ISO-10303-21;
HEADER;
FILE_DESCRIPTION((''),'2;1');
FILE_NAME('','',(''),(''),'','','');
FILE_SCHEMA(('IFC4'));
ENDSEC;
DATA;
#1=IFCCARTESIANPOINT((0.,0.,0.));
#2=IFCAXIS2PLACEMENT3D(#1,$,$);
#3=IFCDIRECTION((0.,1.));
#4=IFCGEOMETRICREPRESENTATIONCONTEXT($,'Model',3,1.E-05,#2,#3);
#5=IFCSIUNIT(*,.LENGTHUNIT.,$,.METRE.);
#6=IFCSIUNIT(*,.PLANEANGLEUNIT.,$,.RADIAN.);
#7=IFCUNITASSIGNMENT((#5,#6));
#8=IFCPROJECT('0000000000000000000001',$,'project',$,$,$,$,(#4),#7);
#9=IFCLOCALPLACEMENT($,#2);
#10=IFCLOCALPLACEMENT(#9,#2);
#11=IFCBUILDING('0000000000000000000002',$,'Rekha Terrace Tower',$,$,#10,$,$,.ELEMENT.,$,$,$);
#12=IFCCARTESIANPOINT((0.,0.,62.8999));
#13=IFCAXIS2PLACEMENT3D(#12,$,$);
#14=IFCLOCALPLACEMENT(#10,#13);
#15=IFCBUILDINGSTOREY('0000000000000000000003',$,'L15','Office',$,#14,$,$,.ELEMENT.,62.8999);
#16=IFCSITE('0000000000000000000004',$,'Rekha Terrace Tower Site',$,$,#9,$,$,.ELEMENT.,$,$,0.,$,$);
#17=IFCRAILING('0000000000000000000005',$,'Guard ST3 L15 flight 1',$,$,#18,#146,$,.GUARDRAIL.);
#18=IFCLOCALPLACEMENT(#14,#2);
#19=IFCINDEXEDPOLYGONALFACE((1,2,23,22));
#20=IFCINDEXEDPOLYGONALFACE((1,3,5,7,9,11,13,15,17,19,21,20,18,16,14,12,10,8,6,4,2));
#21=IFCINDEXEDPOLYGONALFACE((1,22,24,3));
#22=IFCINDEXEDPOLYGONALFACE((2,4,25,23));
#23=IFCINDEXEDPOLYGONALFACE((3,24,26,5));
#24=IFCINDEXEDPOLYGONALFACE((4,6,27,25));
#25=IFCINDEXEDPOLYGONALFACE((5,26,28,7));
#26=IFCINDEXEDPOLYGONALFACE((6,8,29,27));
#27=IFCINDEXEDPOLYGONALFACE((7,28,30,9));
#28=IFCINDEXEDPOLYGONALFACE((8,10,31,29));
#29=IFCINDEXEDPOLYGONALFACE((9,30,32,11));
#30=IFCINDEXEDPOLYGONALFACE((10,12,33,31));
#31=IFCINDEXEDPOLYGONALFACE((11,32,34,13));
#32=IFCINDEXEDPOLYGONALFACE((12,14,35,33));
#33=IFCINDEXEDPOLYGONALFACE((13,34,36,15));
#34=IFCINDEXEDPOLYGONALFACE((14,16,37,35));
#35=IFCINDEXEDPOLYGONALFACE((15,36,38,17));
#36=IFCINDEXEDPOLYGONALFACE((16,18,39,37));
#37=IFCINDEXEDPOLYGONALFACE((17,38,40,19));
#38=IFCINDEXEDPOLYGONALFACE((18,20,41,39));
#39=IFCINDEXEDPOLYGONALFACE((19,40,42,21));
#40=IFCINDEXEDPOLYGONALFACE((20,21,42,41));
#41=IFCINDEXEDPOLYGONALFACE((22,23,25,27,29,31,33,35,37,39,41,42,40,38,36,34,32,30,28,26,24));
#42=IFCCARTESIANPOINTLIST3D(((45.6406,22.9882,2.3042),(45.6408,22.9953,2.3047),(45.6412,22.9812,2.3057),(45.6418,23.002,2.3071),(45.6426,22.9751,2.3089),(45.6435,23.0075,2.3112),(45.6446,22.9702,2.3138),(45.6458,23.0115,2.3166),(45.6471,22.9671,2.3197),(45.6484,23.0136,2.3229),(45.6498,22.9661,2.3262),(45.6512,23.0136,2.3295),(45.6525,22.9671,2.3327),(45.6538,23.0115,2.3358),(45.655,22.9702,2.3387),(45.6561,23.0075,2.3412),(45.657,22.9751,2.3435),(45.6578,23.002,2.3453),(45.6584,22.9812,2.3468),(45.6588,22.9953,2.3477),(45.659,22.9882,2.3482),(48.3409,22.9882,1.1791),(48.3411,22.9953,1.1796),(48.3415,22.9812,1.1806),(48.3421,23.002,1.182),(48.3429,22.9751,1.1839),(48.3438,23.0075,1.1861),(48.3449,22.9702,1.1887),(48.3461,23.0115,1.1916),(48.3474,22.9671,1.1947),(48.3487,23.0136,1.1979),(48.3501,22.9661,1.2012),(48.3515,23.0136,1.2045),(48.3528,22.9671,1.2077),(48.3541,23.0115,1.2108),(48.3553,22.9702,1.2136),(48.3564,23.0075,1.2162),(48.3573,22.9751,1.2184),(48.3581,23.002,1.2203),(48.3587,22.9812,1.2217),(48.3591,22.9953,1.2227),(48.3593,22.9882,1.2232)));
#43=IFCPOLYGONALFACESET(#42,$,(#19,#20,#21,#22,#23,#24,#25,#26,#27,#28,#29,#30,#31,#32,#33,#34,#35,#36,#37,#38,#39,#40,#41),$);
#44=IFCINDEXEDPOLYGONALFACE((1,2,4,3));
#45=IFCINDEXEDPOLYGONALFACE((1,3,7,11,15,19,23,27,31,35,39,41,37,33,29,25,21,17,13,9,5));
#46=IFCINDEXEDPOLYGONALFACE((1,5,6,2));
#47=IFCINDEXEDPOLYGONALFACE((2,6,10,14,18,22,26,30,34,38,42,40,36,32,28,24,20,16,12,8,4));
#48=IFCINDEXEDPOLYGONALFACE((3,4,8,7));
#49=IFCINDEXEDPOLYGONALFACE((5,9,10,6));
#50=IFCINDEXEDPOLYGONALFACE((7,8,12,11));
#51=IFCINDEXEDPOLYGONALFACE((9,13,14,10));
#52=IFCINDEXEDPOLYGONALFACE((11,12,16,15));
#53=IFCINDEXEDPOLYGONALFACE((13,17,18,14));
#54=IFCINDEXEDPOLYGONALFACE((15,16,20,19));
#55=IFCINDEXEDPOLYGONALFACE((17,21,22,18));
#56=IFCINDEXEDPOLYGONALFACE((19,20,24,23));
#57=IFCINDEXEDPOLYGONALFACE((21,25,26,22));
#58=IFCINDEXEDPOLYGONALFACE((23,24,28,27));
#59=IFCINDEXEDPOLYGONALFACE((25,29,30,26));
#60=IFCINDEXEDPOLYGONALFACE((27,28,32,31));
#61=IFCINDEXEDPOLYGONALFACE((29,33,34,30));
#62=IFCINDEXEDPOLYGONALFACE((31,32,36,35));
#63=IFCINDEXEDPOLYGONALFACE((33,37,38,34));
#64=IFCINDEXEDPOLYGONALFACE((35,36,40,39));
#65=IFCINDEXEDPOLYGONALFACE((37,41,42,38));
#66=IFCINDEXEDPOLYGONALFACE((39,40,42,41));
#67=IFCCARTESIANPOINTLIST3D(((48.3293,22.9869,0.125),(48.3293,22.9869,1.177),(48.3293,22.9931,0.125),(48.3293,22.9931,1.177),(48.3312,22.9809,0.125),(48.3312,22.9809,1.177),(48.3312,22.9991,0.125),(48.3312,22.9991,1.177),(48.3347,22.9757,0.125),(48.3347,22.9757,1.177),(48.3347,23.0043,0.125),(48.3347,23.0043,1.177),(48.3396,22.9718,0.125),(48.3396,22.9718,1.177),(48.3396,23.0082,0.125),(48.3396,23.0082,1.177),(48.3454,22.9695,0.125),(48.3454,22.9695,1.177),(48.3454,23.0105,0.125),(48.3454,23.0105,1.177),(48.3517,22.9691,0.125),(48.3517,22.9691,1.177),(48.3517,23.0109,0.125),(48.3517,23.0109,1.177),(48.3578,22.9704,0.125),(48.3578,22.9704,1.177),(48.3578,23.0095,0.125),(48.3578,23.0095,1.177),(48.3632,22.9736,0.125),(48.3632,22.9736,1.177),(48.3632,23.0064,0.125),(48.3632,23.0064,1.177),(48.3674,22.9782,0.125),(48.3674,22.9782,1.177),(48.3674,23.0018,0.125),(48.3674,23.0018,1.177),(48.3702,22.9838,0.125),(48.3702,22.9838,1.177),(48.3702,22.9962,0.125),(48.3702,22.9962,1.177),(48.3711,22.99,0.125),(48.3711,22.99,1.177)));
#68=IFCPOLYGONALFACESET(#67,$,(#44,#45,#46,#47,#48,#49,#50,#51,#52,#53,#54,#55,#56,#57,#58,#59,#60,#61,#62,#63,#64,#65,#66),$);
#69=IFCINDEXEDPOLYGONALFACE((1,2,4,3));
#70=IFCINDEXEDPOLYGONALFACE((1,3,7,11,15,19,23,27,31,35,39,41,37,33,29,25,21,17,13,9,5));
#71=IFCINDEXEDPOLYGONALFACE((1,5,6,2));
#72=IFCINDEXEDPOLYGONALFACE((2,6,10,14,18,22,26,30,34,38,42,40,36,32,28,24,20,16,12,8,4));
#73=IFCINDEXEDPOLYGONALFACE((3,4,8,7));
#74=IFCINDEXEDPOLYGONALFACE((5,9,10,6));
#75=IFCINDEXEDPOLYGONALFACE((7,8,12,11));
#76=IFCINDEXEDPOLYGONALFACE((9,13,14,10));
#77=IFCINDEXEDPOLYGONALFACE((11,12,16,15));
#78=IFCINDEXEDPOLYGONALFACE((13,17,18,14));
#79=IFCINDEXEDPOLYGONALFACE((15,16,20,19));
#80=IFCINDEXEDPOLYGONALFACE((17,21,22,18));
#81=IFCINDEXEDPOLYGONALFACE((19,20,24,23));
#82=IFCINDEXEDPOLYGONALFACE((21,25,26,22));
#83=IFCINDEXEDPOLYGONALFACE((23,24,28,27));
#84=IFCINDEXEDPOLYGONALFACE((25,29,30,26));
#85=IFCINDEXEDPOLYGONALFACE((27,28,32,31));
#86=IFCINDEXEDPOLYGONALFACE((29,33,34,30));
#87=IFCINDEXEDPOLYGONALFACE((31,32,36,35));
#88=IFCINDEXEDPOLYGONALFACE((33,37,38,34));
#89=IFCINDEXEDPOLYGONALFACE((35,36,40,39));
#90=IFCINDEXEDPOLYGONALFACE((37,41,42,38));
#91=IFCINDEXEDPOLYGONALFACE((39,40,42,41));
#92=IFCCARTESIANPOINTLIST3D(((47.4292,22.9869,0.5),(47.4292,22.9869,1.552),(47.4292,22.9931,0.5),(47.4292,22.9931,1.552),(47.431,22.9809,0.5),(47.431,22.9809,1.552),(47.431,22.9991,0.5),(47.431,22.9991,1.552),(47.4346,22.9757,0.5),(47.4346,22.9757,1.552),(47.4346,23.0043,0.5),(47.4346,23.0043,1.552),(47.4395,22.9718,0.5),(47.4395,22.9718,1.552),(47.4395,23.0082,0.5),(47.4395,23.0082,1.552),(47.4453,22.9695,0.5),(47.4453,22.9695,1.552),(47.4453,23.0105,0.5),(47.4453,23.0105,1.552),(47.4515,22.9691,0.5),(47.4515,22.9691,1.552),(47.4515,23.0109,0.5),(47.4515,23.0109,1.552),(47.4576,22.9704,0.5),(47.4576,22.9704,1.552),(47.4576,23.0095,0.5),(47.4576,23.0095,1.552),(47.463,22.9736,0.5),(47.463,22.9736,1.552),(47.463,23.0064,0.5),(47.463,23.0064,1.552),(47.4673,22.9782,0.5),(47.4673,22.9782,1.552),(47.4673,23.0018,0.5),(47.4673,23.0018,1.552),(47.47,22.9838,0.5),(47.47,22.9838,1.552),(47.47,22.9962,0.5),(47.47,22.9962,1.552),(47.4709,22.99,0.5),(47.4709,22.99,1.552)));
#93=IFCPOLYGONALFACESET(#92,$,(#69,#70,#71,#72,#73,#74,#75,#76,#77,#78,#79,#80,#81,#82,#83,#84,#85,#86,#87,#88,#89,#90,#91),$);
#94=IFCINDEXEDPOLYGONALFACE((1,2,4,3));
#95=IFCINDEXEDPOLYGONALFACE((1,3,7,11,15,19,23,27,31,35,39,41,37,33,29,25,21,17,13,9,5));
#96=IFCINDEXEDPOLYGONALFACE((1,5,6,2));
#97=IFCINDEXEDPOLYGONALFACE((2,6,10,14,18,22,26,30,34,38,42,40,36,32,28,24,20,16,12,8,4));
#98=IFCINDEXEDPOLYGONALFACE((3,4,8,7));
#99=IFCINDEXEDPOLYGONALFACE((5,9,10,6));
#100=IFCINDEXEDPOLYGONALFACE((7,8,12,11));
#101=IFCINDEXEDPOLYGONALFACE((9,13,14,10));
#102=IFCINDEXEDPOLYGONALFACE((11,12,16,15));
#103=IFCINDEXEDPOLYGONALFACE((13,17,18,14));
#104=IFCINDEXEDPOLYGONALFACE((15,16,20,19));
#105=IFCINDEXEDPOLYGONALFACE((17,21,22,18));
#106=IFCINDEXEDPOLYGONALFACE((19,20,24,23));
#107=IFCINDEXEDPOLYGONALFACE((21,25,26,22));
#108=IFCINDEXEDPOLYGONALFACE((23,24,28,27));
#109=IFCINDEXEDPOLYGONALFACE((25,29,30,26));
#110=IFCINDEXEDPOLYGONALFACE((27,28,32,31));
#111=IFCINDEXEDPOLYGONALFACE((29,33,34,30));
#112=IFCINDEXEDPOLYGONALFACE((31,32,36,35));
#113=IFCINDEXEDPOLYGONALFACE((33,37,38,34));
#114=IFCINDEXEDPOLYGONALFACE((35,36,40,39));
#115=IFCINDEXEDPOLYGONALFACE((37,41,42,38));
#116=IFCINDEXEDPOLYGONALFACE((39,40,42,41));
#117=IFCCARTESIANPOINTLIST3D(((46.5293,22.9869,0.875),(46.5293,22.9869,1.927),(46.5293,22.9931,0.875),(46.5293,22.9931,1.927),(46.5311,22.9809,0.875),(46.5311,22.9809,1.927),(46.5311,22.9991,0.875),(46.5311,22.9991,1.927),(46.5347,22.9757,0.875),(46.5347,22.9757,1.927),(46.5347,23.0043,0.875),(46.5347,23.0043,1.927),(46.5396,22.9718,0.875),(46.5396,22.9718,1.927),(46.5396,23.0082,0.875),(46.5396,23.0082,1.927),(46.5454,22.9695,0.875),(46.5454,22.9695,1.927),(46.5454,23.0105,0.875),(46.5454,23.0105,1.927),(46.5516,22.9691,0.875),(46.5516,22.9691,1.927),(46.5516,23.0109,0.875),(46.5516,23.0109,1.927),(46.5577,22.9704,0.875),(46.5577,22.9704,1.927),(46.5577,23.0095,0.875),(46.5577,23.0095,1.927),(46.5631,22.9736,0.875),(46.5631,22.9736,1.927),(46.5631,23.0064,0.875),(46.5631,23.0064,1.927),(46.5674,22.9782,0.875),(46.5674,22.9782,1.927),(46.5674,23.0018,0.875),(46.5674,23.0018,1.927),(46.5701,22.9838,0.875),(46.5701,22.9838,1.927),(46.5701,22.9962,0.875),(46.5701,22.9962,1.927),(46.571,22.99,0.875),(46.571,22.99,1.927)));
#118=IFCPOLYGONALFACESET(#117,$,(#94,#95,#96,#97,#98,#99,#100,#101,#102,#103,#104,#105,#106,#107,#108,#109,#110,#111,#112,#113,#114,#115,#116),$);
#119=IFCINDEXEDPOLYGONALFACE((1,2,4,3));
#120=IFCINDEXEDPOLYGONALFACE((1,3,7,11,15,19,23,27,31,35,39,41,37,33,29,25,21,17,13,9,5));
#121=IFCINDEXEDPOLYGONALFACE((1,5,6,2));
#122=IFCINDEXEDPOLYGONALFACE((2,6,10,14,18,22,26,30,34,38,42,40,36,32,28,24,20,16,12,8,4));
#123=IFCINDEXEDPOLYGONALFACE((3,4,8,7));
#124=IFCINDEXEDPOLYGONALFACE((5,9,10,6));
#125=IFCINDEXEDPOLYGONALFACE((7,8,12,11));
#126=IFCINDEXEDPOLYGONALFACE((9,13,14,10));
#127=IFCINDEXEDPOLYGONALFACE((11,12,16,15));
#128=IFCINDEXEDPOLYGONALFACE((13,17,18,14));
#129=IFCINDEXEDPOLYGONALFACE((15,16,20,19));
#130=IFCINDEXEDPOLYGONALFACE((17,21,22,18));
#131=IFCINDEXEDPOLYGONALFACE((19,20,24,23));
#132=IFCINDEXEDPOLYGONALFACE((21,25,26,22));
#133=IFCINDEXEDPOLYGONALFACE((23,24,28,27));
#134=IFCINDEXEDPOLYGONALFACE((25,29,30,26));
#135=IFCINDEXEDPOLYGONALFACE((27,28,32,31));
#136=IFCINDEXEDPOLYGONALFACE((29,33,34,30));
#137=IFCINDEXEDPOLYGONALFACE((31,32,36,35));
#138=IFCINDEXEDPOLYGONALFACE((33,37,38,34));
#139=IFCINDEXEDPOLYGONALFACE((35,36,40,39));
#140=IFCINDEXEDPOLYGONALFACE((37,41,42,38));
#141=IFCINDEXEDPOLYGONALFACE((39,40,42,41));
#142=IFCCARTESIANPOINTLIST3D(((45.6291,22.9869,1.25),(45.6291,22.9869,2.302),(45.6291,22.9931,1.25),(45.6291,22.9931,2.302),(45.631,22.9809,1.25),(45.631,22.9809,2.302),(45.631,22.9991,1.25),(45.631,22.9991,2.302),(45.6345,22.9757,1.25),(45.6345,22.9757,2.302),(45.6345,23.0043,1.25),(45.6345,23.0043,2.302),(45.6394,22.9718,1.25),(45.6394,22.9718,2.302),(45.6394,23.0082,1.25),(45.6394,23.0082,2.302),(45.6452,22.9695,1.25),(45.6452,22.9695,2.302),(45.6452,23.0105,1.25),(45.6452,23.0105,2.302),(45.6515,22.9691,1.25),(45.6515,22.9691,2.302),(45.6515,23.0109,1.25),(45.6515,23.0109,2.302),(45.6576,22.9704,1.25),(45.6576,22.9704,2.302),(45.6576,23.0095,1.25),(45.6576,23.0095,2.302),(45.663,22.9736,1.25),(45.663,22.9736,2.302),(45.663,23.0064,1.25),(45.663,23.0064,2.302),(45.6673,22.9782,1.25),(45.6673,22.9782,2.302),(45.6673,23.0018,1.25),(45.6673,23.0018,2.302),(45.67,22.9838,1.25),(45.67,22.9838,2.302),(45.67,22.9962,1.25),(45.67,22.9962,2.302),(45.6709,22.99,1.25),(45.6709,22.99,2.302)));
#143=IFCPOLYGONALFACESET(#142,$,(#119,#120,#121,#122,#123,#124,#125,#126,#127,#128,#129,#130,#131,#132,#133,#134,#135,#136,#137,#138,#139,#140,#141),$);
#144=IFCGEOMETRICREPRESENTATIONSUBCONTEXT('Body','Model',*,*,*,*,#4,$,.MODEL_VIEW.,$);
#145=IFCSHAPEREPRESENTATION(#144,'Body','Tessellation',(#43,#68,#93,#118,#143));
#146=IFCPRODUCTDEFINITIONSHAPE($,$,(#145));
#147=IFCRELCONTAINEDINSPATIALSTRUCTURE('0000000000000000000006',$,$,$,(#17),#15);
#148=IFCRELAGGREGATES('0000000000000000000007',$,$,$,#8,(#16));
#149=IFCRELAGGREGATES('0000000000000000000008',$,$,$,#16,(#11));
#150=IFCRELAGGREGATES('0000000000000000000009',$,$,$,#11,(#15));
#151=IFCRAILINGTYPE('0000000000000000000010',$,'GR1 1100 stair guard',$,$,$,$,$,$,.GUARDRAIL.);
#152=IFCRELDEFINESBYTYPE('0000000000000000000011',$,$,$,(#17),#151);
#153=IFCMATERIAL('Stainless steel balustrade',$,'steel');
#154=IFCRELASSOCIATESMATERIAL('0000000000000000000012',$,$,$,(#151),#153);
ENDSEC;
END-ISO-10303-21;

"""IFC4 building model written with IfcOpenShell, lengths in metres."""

from ifc_helpers import new_model, si_unit, direction, frame, origin, origin_2d, place, context, subcontext, project, spatial, circle, extrude, material, type_object, element, save


model = new_model("IFC4")

# Units and contexts
model_context = context("Model", 3, precision=1e-05, world=origin(), true_north=direction((0.0, 1.0)))
body_context = subcontext(model_context, "Body", "Model", "MODEL_VIEW")
ifc_project = project(units=[si_unit("LENGTHUNIT", "METRE"), si_unit("PLANEANGLEUNIT", "RADIAN")], contexts=[model_context])

# Site, building, storey
site_placement = place(None, origin())
site = spatial("IfcSite", under=ifc_project, at=site_placement, Name="Rekha Terrace Tower Site", CompositionType="ELEMENT", RefElevation=0.0)
building_placement = place(site_placement, origin())
building = spatial("IfcBuilding", under=site, at=building_placement, Name="Rekha Terrace Tower", CompositionType="ELEMENT")
storey_placement = place(building_placement, frame((0.0, 0.0, 62.8999)))
storey = spatial("IfcBuildingStorey", under=building, at=storey_placement, Name="L15", Description="Office", CompositionType="ELEMENT", Elevation=62.8999)

# Railing
ifc_material_1 = material(Name="Stainless steel balustrade", Category="steel")
railing_type_1 = type_object("IfcRailingType", Name="GR1 1100 stair guard", PredefinedType="GUARDRAIL", material=ifc_material_1)
railing_1_placement = place(storey_placement, frame((48.3501, 22.99, 0.125)))
element("IfcRailing", 1, at=railing_1_placement, inside=storey, type_object=railing_type_1, Name="Guard ST3 L15 flight 1", PredefinedType="GUARDRAIL", context=body_context, shape_type="SweptSolid", body=[
    extrude(circle(Radius=0.0239, at=origin_2d()), frame((0.0, 0.0, 1.0762), z_axis=(-0.923087, 0.0, 0.384592), x_axis=(0.0, -1.0, 0.0)), (0.0, 0.0, 1.0), 2.9253),
    extrude(circle(Radius=0.021, at=origin_2d()), origin(), (0.0, 0.0, 1.0), 1.052),
    extrude(circle(Radius=0.021, at=origin_2d()), frame((-0.9001, 0.0, 0.375)), (0.0, 0.0, 1.0), 1.052),
    extrude(circle(Radius=0.021, at=origin_2d()), frame((-1.8, 0.0, 0.75)), (0.0, 0.0, 1.0), 1.052),
    extrude(circle(Radius=0.021, at=origin_2d()), frame((-2.7002, 0.0, 1.125)), (0.0, 0.0, 1.0), 1.052),
])

save(model, "model.ifc")
